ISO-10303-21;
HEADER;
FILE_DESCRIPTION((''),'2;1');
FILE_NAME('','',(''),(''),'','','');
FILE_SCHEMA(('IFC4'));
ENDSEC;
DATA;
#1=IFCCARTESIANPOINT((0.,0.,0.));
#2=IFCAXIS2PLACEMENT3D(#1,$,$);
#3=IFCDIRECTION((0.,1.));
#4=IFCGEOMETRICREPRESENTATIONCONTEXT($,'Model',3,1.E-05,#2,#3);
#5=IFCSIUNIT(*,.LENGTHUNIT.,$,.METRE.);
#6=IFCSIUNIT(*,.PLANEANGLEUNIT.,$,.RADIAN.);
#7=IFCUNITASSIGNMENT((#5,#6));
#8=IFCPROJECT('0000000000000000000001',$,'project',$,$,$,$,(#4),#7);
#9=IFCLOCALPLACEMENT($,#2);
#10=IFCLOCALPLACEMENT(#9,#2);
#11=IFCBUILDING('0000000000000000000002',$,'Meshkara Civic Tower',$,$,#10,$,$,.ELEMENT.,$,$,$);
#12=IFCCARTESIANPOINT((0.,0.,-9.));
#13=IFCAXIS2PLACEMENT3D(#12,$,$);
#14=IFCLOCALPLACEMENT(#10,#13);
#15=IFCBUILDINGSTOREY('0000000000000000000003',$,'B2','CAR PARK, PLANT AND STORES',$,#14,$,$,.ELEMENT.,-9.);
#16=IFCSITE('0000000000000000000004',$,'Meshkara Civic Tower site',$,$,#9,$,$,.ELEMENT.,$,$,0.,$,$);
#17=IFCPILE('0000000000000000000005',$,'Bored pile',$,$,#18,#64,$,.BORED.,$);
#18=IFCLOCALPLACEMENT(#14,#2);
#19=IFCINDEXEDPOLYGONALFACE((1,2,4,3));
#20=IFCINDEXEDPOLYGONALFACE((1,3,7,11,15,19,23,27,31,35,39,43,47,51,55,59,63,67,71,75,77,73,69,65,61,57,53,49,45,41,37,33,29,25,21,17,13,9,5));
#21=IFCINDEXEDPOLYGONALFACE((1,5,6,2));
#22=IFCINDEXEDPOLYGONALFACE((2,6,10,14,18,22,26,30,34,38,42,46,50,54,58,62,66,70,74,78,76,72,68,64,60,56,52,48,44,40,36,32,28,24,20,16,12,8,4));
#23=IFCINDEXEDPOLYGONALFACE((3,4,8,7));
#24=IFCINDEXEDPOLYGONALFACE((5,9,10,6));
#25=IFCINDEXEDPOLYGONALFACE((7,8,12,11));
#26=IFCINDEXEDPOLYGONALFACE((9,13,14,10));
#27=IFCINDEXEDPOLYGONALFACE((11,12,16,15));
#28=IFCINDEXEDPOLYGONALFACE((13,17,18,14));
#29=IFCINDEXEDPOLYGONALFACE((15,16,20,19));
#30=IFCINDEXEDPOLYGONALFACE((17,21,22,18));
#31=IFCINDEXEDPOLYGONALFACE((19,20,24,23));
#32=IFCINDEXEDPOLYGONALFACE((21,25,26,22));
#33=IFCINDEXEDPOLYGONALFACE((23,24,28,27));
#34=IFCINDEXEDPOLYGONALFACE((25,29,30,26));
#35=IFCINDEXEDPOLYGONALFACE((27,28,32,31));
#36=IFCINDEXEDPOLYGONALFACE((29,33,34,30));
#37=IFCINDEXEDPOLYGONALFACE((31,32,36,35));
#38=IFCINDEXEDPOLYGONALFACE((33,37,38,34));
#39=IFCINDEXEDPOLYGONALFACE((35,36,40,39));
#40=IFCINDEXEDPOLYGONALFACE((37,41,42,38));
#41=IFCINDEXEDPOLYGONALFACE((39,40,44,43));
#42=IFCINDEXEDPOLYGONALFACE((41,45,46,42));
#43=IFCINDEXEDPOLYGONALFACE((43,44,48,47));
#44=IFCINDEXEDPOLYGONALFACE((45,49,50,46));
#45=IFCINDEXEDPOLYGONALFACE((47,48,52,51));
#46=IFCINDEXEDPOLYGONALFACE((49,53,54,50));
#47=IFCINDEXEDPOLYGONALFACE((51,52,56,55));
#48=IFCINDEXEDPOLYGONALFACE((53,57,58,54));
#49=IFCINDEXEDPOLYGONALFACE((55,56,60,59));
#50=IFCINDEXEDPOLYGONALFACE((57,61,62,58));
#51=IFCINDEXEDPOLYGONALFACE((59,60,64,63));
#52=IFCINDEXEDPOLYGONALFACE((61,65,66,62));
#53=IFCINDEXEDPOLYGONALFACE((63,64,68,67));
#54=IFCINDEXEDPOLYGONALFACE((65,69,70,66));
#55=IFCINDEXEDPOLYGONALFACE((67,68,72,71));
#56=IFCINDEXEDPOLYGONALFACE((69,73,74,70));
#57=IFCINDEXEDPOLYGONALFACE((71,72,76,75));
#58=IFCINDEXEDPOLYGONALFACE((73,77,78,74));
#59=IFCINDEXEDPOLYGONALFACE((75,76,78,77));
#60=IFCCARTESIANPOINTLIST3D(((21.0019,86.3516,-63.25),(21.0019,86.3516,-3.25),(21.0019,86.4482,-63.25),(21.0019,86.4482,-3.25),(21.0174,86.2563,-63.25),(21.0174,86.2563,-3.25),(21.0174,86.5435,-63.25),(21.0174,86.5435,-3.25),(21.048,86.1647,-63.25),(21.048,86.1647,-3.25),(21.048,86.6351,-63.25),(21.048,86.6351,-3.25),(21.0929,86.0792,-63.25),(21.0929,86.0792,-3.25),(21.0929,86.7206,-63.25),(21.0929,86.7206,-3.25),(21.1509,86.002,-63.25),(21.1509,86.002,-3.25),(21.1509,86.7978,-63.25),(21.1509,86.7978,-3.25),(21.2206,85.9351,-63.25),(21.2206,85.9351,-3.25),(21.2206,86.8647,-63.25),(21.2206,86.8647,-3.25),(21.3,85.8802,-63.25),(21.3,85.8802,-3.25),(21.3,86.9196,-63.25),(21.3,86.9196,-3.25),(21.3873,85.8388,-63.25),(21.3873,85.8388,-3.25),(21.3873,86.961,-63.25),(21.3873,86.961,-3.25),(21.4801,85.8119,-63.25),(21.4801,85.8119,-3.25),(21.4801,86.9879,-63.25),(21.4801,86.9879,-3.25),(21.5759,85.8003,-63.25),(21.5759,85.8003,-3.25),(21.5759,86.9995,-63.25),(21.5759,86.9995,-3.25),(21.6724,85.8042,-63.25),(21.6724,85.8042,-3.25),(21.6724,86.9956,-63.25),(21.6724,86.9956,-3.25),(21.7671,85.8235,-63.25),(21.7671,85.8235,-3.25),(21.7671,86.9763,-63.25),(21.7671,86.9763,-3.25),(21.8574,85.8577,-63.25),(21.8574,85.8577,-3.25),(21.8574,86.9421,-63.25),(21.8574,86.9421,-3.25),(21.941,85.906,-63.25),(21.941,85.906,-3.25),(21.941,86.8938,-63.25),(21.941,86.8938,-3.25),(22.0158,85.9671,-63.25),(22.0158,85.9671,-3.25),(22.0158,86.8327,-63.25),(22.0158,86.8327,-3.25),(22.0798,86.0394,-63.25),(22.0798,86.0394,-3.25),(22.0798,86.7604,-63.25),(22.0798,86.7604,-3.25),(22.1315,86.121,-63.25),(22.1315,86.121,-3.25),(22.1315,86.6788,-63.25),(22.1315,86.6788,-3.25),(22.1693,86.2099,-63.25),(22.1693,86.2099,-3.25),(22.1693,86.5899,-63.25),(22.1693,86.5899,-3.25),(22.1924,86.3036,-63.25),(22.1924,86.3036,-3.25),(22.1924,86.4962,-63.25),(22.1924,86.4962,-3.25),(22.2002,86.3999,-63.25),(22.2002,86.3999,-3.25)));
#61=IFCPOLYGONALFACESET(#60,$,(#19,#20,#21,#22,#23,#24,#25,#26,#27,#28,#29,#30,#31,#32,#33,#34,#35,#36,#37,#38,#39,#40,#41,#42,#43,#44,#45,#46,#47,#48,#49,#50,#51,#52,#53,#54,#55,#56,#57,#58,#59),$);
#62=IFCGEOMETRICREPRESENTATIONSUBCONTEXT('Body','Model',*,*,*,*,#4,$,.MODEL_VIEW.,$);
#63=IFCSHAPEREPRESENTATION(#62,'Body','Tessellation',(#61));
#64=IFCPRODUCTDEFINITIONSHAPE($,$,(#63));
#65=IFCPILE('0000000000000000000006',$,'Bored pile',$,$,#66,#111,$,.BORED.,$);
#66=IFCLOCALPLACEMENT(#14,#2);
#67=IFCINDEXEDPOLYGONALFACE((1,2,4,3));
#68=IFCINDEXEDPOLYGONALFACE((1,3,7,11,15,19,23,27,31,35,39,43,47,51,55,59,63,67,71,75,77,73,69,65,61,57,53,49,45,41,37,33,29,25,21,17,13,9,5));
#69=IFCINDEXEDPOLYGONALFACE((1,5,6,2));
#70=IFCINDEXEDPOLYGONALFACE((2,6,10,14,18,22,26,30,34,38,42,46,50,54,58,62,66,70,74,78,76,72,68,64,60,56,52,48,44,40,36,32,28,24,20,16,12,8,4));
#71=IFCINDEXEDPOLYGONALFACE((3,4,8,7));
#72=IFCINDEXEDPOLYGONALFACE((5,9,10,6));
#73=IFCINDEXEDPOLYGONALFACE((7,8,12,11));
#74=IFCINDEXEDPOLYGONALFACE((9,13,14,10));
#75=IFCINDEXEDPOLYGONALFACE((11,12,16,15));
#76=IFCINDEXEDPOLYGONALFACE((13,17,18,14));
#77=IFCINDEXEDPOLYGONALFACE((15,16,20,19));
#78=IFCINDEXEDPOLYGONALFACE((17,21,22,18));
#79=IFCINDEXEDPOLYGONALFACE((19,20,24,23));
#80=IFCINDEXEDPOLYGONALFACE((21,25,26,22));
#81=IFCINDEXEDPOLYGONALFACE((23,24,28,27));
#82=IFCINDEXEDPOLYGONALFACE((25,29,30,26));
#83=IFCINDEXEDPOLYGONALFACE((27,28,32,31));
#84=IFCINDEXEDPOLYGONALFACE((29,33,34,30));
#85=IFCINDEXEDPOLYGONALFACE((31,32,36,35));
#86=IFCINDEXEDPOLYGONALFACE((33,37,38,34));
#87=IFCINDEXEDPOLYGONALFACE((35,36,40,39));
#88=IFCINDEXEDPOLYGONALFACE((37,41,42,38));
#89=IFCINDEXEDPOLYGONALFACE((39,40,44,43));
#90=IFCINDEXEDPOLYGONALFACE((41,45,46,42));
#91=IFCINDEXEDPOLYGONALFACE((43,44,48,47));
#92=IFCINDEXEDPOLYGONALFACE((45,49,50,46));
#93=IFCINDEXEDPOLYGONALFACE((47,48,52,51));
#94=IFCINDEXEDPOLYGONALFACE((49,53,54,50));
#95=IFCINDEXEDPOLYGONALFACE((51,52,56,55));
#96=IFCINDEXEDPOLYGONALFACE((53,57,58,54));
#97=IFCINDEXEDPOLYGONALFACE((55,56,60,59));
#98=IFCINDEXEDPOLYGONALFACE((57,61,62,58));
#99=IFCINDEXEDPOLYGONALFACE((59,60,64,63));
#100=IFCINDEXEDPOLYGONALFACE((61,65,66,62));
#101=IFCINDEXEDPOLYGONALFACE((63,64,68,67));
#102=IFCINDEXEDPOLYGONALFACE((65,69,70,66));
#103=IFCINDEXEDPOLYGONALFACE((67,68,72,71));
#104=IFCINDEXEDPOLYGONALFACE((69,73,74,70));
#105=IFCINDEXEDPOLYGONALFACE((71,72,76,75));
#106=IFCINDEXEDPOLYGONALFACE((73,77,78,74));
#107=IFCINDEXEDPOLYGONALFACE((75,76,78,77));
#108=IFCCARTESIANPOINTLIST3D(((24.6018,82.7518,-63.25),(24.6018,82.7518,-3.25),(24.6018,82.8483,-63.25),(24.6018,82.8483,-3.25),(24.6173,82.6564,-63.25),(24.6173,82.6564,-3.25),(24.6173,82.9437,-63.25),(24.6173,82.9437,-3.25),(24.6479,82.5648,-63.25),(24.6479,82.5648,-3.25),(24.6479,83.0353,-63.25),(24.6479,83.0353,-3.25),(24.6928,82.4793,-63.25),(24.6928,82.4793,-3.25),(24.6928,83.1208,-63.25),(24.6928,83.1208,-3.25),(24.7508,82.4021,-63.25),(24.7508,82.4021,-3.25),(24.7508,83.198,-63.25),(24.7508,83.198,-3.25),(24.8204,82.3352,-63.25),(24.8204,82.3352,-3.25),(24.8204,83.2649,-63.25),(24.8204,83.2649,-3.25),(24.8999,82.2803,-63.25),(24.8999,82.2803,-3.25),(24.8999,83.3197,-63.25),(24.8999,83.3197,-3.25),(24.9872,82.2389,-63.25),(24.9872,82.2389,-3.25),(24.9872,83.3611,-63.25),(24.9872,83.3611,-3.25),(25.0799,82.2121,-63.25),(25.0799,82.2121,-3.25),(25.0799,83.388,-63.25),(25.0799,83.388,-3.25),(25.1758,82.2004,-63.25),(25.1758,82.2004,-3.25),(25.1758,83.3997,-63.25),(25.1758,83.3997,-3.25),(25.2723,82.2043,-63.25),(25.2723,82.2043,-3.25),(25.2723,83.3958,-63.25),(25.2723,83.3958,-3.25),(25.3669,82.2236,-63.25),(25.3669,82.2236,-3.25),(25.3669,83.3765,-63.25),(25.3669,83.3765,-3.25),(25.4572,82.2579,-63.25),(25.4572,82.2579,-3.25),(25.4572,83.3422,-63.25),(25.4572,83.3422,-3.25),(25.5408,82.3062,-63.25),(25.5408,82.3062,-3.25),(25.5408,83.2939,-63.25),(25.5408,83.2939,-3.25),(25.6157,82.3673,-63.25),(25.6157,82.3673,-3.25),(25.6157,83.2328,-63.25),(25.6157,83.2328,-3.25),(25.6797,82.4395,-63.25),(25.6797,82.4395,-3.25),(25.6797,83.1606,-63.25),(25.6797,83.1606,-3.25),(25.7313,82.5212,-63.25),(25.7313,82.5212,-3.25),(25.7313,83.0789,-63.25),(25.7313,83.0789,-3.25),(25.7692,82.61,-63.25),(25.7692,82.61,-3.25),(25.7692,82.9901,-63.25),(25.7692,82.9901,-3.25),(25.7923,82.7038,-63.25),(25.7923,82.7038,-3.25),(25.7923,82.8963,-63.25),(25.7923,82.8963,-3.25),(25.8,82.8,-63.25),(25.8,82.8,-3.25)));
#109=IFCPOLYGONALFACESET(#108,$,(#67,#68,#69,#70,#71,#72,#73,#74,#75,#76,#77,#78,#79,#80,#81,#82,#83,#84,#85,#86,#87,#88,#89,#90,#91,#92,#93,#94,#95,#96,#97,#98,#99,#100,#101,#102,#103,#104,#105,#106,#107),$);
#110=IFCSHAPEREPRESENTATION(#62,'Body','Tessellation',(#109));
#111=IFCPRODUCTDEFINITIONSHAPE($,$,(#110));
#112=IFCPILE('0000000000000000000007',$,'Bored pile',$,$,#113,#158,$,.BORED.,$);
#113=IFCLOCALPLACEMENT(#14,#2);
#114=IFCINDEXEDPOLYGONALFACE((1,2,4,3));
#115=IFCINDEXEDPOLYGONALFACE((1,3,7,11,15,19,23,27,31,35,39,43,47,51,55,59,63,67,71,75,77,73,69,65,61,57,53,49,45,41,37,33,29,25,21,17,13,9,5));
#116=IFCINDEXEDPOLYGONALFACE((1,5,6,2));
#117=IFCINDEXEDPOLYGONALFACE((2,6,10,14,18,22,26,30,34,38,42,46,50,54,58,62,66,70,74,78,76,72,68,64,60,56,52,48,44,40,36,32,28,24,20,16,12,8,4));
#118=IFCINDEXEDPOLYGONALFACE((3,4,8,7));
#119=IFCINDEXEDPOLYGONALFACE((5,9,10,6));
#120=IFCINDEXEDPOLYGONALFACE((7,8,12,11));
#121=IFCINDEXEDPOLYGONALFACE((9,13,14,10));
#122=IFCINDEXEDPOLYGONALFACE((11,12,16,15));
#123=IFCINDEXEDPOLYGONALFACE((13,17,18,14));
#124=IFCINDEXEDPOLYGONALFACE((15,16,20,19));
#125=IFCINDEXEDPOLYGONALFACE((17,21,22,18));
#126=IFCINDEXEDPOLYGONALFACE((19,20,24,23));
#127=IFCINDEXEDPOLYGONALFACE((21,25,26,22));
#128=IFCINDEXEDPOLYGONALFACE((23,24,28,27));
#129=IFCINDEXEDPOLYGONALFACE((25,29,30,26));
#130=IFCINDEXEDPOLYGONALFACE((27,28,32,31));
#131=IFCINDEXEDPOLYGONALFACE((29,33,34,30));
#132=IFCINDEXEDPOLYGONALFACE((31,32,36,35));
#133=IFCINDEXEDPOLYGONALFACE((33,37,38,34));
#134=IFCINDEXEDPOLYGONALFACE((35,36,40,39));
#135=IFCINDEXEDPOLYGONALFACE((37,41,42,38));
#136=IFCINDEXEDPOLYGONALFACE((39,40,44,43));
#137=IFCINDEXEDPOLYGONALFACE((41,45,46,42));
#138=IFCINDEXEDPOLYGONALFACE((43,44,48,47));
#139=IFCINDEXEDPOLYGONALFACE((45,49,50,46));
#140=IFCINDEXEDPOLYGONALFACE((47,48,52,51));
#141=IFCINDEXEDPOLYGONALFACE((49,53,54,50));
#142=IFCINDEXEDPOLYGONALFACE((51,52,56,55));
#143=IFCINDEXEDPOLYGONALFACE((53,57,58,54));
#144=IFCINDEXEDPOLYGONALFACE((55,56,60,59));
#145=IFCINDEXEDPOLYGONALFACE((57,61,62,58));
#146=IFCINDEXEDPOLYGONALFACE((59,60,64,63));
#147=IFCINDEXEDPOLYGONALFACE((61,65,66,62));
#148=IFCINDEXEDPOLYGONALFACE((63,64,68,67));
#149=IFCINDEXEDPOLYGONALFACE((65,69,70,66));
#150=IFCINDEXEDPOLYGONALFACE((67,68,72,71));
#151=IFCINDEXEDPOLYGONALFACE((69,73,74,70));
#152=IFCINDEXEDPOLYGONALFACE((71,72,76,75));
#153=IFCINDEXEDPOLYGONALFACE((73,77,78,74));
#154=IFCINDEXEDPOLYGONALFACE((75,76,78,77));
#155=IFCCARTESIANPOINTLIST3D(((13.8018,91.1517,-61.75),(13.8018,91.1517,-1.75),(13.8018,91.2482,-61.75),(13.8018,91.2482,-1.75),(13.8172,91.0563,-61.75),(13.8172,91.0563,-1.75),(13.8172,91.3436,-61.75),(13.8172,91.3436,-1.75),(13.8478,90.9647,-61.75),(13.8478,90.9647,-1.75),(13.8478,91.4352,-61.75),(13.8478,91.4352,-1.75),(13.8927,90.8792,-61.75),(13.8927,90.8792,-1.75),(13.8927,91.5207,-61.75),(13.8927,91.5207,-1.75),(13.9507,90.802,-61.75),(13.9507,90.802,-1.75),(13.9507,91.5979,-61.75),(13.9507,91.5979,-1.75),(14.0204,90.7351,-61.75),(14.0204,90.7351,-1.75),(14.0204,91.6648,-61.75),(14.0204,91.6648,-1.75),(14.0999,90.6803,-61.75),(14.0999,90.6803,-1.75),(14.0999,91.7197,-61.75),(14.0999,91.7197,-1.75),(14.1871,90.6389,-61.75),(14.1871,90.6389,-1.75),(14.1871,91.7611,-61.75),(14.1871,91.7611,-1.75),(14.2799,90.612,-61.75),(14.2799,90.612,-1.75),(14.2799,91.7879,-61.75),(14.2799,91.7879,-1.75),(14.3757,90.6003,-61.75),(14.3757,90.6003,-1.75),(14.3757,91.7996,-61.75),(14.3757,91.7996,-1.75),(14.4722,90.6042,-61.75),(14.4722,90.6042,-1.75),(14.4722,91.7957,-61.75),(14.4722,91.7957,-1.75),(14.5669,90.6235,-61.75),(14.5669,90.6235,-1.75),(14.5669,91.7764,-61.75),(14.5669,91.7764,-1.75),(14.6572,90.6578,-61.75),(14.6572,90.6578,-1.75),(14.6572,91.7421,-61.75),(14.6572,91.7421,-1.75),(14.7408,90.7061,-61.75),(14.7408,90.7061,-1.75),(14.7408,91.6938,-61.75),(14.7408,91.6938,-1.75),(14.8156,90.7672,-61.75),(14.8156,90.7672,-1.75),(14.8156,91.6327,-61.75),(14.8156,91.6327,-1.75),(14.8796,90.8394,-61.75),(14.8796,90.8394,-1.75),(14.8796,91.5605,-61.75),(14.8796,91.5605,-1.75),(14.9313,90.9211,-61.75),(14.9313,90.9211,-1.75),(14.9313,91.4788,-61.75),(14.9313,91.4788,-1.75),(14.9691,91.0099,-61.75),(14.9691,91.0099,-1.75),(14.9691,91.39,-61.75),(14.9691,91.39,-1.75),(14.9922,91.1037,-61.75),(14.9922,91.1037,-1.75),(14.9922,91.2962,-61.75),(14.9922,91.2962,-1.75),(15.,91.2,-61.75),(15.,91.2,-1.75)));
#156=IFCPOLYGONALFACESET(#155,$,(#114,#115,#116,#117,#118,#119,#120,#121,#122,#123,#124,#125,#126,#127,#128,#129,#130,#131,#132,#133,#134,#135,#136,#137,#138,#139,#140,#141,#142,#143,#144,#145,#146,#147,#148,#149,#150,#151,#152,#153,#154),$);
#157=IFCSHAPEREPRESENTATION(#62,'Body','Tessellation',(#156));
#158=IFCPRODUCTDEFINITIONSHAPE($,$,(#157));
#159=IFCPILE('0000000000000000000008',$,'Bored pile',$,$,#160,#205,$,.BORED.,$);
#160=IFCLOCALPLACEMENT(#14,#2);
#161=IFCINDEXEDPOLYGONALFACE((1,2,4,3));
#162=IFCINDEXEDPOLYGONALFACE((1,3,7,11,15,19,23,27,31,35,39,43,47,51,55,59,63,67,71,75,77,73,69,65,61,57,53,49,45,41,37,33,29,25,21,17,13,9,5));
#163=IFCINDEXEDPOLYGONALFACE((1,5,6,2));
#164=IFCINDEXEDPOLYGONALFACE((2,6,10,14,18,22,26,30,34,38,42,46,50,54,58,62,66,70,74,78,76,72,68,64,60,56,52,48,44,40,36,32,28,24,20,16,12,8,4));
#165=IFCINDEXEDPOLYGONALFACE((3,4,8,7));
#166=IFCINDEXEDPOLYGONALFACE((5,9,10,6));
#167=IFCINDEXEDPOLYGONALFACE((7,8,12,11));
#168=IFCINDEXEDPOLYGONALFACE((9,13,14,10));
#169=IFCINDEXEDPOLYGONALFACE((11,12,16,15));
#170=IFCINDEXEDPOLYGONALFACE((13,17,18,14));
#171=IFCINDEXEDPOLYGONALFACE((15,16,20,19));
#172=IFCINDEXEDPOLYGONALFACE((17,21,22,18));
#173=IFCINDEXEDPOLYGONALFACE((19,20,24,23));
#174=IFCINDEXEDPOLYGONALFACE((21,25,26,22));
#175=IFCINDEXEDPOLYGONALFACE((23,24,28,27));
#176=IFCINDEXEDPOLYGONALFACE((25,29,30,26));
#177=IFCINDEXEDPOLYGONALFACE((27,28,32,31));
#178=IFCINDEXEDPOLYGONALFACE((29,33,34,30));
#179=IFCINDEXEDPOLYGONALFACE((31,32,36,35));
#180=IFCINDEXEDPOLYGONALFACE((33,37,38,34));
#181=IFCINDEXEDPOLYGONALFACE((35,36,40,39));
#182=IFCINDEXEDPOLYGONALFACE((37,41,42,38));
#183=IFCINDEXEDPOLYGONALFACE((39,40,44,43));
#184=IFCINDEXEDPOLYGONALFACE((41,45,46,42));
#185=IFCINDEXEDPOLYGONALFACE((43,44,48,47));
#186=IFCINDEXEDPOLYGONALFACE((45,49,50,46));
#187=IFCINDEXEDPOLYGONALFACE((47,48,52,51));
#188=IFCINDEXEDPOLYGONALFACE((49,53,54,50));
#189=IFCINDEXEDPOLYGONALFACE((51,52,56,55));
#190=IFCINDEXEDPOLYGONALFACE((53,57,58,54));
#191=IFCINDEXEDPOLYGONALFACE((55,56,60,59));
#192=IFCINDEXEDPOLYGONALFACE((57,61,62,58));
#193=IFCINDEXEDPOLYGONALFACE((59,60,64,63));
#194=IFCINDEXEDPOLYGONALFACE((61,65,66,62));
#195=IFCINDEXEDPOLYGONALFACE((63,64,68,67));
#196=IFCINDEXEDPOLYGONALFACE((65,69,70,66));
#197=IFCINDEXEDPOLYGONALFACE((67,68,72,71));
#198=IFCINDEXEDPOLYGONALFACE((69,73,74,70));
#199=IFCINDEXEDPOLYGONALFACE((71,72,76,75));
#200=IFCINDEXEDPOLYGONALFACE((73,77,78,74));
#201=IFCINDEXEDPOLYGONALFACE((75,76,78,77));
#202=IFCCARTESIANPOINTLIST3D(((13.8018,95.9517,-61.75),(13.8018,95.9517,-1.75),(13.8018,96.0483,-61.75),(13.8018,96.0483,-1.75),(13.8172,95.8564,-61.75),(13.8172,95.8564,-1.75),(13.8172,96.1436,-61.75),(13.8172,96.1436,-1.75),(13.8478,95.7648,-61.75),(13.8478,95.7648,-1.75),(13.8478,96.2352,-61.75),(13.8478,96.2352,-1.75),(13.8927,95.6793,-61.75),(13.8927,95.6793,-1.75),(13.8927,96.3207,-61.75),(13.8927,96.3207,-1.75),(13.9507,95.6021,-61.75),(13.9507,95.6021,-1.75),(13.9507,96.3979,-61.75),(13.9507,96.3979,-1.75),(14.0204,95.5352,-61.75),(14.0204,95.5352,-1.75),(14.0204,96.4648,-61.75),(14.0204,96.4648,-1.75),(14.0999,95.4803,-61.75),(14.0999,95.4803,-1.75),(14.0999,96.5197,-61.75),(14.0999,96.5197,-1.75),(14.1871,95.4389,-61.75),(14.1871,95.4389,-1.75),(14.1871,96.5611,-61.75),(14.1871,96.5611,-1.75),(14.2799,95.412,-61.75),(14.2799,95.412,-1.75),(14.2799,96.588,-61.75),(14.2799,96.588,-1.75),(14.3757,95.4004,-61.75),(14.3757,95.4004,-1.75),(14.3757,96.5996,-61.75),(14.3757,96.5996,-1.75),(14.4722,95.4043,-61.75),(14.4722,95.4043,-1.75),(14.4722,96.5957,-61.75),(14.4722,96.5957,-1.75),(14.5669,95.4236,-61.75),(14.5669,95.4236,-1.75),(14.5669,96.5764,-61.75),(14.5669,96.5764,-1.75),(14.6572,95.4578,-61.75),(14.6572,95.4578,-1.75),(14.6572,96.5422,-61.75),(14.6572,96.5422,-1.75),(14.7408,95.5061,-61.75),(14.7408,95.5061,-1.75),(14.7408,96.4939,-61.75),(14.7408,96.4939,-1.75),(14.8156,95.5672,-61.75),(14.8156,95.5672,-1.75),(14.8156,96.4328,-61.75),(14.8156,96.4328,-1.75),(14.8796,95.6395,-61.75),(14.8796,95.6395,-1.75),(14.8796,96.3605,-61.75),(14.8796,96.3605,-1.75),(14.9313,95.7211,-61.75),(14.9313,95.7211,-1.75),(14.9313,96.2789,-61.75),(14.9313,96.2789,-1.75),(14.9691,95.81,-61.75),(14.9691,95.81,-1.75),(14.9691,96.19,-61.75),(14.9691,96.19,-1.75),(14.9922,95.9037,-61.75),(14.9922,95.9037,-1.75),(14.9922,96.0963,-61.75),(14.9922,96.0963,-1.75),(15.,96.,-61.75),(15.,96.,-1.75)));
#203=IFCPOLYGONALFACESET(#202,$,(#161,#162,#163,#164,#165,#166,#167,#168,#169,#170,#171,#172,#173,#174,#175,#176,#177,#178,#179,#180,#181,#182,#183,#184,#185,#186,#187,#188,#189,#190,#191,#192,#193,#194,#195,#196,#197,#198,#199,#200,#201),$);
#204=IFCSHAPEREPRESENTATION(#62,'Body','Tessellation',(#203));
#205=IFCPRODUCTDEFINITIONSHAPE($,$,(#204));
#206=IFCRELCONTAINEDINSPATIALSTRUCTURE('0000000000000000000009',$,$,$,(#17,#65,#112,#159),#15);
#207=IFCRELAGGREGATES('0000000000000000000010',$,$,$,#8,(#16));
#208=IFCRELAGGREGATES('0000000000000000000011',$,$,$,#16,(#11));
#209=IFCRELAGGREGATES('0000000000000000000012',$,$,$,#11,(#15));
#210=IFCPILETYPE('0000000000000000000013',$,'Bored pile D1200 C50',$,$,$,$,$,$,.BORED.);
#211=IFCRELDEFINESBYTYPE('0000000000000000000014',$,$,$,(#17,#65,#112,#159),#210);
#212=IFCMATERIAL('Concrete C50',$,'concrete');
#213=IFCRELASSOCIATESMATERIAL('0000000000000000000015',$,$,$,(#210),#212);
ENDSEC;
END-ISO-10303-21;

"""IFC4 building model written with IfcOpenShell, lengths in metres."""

from ifc_helpers import new_model, si_unit, direction, frame, origin, origin_2d, place, context, subcontext, project, spatial, circle, extrude, material, material_profile, profile_set, type_object, element, save


model = new_model("IFC4")

# Units and contexts
model_context = context("Model", 3, precision=1e-05, world=origin(), true_north=direction((0.0, 1.0)))
body_context = subcontext(model_context, "Body", "Model", "MODEL_VIEW")
ifc_project = project(units=[si_unit("LENGTHUNIT", "METRE"), si_unit("PLANEANGLEUNIT", "RADIAN")], contexts=[model_context])

# Site, building, storey
site_placement = place(None, origin())
site = spatial("IfcSite", under=ifc_project, at=site_placement, Name="Meshkara Civic Tower site", CompositionType="ELEMENT", RefElevation=0.0)
building_placement = place(site_placement, origin())
building = spatial("IfcBuilding", under=site, at=building_placement, Name="Meshkara Civic Tower", CompositionType="ELEMENT")
storey_placement = place(building_placement, frame((0.0, 0.0, -9.0)))
storey = spatial("IfcBuildingStorey", under=building, at=storey_placement, Name="B2", Description="CAR PARK, PLANT AND STORES", CompositionType="ELEMENT", Elevation=-9.0)

# Piles
ifc_material_1 = material(Name="Concrete C50", Category="concrete")
ifc_material_profile_1 = material_profile(ifc_material_1, circle(Radius=0.6001, at=origin_2d()))
ifc_profile_set_1 = profile_set([ifc_material_profile_1], Name="Concrete C50")
pile_type = type_object("IfcPileType", Name="Bored pile D1200 C50", PredefinedType="BORED", material=ifc_profile_set_1)
for number, where, z_axis, x_axis, name in (
    (1, (21.6001, 86.3999, -3.25), (0.0, 0.0, -1.0), (1.0, 0.0, 0.0), "Bored pile"),
    (2, (25.2, 82.8, -3.25), (0.0, 0.0, -1.0), (1.0, 0.0, 0.0), "Bored pile"),
    (3, (14.3999, 91.2, -1.75), (0.0, 0.0, -1.0), (1.0, 0.0, 0.0), "Bored pile"),
    (4, (14.3999, 96.0, -1.75), (0.0, 0.0, -1.0), (1.0, 0.0, 0.0), "Bored pile"),
):
    element("IfcPile", number, at=place(storey_placement, frame(where, z_axis=z_axis, x_axis=x_axis)), inside=storey, type_object=pile_type, Name=name, PredefinedType="BORED", context=body_context, shape_type="SweptSolid", body=[
        extrude(circle(Radius=0.6001, at=origin_2d()), origin(), (0.0, 0.0, 1.0), 60.0),
    ])

save(model, "model.ifc")
